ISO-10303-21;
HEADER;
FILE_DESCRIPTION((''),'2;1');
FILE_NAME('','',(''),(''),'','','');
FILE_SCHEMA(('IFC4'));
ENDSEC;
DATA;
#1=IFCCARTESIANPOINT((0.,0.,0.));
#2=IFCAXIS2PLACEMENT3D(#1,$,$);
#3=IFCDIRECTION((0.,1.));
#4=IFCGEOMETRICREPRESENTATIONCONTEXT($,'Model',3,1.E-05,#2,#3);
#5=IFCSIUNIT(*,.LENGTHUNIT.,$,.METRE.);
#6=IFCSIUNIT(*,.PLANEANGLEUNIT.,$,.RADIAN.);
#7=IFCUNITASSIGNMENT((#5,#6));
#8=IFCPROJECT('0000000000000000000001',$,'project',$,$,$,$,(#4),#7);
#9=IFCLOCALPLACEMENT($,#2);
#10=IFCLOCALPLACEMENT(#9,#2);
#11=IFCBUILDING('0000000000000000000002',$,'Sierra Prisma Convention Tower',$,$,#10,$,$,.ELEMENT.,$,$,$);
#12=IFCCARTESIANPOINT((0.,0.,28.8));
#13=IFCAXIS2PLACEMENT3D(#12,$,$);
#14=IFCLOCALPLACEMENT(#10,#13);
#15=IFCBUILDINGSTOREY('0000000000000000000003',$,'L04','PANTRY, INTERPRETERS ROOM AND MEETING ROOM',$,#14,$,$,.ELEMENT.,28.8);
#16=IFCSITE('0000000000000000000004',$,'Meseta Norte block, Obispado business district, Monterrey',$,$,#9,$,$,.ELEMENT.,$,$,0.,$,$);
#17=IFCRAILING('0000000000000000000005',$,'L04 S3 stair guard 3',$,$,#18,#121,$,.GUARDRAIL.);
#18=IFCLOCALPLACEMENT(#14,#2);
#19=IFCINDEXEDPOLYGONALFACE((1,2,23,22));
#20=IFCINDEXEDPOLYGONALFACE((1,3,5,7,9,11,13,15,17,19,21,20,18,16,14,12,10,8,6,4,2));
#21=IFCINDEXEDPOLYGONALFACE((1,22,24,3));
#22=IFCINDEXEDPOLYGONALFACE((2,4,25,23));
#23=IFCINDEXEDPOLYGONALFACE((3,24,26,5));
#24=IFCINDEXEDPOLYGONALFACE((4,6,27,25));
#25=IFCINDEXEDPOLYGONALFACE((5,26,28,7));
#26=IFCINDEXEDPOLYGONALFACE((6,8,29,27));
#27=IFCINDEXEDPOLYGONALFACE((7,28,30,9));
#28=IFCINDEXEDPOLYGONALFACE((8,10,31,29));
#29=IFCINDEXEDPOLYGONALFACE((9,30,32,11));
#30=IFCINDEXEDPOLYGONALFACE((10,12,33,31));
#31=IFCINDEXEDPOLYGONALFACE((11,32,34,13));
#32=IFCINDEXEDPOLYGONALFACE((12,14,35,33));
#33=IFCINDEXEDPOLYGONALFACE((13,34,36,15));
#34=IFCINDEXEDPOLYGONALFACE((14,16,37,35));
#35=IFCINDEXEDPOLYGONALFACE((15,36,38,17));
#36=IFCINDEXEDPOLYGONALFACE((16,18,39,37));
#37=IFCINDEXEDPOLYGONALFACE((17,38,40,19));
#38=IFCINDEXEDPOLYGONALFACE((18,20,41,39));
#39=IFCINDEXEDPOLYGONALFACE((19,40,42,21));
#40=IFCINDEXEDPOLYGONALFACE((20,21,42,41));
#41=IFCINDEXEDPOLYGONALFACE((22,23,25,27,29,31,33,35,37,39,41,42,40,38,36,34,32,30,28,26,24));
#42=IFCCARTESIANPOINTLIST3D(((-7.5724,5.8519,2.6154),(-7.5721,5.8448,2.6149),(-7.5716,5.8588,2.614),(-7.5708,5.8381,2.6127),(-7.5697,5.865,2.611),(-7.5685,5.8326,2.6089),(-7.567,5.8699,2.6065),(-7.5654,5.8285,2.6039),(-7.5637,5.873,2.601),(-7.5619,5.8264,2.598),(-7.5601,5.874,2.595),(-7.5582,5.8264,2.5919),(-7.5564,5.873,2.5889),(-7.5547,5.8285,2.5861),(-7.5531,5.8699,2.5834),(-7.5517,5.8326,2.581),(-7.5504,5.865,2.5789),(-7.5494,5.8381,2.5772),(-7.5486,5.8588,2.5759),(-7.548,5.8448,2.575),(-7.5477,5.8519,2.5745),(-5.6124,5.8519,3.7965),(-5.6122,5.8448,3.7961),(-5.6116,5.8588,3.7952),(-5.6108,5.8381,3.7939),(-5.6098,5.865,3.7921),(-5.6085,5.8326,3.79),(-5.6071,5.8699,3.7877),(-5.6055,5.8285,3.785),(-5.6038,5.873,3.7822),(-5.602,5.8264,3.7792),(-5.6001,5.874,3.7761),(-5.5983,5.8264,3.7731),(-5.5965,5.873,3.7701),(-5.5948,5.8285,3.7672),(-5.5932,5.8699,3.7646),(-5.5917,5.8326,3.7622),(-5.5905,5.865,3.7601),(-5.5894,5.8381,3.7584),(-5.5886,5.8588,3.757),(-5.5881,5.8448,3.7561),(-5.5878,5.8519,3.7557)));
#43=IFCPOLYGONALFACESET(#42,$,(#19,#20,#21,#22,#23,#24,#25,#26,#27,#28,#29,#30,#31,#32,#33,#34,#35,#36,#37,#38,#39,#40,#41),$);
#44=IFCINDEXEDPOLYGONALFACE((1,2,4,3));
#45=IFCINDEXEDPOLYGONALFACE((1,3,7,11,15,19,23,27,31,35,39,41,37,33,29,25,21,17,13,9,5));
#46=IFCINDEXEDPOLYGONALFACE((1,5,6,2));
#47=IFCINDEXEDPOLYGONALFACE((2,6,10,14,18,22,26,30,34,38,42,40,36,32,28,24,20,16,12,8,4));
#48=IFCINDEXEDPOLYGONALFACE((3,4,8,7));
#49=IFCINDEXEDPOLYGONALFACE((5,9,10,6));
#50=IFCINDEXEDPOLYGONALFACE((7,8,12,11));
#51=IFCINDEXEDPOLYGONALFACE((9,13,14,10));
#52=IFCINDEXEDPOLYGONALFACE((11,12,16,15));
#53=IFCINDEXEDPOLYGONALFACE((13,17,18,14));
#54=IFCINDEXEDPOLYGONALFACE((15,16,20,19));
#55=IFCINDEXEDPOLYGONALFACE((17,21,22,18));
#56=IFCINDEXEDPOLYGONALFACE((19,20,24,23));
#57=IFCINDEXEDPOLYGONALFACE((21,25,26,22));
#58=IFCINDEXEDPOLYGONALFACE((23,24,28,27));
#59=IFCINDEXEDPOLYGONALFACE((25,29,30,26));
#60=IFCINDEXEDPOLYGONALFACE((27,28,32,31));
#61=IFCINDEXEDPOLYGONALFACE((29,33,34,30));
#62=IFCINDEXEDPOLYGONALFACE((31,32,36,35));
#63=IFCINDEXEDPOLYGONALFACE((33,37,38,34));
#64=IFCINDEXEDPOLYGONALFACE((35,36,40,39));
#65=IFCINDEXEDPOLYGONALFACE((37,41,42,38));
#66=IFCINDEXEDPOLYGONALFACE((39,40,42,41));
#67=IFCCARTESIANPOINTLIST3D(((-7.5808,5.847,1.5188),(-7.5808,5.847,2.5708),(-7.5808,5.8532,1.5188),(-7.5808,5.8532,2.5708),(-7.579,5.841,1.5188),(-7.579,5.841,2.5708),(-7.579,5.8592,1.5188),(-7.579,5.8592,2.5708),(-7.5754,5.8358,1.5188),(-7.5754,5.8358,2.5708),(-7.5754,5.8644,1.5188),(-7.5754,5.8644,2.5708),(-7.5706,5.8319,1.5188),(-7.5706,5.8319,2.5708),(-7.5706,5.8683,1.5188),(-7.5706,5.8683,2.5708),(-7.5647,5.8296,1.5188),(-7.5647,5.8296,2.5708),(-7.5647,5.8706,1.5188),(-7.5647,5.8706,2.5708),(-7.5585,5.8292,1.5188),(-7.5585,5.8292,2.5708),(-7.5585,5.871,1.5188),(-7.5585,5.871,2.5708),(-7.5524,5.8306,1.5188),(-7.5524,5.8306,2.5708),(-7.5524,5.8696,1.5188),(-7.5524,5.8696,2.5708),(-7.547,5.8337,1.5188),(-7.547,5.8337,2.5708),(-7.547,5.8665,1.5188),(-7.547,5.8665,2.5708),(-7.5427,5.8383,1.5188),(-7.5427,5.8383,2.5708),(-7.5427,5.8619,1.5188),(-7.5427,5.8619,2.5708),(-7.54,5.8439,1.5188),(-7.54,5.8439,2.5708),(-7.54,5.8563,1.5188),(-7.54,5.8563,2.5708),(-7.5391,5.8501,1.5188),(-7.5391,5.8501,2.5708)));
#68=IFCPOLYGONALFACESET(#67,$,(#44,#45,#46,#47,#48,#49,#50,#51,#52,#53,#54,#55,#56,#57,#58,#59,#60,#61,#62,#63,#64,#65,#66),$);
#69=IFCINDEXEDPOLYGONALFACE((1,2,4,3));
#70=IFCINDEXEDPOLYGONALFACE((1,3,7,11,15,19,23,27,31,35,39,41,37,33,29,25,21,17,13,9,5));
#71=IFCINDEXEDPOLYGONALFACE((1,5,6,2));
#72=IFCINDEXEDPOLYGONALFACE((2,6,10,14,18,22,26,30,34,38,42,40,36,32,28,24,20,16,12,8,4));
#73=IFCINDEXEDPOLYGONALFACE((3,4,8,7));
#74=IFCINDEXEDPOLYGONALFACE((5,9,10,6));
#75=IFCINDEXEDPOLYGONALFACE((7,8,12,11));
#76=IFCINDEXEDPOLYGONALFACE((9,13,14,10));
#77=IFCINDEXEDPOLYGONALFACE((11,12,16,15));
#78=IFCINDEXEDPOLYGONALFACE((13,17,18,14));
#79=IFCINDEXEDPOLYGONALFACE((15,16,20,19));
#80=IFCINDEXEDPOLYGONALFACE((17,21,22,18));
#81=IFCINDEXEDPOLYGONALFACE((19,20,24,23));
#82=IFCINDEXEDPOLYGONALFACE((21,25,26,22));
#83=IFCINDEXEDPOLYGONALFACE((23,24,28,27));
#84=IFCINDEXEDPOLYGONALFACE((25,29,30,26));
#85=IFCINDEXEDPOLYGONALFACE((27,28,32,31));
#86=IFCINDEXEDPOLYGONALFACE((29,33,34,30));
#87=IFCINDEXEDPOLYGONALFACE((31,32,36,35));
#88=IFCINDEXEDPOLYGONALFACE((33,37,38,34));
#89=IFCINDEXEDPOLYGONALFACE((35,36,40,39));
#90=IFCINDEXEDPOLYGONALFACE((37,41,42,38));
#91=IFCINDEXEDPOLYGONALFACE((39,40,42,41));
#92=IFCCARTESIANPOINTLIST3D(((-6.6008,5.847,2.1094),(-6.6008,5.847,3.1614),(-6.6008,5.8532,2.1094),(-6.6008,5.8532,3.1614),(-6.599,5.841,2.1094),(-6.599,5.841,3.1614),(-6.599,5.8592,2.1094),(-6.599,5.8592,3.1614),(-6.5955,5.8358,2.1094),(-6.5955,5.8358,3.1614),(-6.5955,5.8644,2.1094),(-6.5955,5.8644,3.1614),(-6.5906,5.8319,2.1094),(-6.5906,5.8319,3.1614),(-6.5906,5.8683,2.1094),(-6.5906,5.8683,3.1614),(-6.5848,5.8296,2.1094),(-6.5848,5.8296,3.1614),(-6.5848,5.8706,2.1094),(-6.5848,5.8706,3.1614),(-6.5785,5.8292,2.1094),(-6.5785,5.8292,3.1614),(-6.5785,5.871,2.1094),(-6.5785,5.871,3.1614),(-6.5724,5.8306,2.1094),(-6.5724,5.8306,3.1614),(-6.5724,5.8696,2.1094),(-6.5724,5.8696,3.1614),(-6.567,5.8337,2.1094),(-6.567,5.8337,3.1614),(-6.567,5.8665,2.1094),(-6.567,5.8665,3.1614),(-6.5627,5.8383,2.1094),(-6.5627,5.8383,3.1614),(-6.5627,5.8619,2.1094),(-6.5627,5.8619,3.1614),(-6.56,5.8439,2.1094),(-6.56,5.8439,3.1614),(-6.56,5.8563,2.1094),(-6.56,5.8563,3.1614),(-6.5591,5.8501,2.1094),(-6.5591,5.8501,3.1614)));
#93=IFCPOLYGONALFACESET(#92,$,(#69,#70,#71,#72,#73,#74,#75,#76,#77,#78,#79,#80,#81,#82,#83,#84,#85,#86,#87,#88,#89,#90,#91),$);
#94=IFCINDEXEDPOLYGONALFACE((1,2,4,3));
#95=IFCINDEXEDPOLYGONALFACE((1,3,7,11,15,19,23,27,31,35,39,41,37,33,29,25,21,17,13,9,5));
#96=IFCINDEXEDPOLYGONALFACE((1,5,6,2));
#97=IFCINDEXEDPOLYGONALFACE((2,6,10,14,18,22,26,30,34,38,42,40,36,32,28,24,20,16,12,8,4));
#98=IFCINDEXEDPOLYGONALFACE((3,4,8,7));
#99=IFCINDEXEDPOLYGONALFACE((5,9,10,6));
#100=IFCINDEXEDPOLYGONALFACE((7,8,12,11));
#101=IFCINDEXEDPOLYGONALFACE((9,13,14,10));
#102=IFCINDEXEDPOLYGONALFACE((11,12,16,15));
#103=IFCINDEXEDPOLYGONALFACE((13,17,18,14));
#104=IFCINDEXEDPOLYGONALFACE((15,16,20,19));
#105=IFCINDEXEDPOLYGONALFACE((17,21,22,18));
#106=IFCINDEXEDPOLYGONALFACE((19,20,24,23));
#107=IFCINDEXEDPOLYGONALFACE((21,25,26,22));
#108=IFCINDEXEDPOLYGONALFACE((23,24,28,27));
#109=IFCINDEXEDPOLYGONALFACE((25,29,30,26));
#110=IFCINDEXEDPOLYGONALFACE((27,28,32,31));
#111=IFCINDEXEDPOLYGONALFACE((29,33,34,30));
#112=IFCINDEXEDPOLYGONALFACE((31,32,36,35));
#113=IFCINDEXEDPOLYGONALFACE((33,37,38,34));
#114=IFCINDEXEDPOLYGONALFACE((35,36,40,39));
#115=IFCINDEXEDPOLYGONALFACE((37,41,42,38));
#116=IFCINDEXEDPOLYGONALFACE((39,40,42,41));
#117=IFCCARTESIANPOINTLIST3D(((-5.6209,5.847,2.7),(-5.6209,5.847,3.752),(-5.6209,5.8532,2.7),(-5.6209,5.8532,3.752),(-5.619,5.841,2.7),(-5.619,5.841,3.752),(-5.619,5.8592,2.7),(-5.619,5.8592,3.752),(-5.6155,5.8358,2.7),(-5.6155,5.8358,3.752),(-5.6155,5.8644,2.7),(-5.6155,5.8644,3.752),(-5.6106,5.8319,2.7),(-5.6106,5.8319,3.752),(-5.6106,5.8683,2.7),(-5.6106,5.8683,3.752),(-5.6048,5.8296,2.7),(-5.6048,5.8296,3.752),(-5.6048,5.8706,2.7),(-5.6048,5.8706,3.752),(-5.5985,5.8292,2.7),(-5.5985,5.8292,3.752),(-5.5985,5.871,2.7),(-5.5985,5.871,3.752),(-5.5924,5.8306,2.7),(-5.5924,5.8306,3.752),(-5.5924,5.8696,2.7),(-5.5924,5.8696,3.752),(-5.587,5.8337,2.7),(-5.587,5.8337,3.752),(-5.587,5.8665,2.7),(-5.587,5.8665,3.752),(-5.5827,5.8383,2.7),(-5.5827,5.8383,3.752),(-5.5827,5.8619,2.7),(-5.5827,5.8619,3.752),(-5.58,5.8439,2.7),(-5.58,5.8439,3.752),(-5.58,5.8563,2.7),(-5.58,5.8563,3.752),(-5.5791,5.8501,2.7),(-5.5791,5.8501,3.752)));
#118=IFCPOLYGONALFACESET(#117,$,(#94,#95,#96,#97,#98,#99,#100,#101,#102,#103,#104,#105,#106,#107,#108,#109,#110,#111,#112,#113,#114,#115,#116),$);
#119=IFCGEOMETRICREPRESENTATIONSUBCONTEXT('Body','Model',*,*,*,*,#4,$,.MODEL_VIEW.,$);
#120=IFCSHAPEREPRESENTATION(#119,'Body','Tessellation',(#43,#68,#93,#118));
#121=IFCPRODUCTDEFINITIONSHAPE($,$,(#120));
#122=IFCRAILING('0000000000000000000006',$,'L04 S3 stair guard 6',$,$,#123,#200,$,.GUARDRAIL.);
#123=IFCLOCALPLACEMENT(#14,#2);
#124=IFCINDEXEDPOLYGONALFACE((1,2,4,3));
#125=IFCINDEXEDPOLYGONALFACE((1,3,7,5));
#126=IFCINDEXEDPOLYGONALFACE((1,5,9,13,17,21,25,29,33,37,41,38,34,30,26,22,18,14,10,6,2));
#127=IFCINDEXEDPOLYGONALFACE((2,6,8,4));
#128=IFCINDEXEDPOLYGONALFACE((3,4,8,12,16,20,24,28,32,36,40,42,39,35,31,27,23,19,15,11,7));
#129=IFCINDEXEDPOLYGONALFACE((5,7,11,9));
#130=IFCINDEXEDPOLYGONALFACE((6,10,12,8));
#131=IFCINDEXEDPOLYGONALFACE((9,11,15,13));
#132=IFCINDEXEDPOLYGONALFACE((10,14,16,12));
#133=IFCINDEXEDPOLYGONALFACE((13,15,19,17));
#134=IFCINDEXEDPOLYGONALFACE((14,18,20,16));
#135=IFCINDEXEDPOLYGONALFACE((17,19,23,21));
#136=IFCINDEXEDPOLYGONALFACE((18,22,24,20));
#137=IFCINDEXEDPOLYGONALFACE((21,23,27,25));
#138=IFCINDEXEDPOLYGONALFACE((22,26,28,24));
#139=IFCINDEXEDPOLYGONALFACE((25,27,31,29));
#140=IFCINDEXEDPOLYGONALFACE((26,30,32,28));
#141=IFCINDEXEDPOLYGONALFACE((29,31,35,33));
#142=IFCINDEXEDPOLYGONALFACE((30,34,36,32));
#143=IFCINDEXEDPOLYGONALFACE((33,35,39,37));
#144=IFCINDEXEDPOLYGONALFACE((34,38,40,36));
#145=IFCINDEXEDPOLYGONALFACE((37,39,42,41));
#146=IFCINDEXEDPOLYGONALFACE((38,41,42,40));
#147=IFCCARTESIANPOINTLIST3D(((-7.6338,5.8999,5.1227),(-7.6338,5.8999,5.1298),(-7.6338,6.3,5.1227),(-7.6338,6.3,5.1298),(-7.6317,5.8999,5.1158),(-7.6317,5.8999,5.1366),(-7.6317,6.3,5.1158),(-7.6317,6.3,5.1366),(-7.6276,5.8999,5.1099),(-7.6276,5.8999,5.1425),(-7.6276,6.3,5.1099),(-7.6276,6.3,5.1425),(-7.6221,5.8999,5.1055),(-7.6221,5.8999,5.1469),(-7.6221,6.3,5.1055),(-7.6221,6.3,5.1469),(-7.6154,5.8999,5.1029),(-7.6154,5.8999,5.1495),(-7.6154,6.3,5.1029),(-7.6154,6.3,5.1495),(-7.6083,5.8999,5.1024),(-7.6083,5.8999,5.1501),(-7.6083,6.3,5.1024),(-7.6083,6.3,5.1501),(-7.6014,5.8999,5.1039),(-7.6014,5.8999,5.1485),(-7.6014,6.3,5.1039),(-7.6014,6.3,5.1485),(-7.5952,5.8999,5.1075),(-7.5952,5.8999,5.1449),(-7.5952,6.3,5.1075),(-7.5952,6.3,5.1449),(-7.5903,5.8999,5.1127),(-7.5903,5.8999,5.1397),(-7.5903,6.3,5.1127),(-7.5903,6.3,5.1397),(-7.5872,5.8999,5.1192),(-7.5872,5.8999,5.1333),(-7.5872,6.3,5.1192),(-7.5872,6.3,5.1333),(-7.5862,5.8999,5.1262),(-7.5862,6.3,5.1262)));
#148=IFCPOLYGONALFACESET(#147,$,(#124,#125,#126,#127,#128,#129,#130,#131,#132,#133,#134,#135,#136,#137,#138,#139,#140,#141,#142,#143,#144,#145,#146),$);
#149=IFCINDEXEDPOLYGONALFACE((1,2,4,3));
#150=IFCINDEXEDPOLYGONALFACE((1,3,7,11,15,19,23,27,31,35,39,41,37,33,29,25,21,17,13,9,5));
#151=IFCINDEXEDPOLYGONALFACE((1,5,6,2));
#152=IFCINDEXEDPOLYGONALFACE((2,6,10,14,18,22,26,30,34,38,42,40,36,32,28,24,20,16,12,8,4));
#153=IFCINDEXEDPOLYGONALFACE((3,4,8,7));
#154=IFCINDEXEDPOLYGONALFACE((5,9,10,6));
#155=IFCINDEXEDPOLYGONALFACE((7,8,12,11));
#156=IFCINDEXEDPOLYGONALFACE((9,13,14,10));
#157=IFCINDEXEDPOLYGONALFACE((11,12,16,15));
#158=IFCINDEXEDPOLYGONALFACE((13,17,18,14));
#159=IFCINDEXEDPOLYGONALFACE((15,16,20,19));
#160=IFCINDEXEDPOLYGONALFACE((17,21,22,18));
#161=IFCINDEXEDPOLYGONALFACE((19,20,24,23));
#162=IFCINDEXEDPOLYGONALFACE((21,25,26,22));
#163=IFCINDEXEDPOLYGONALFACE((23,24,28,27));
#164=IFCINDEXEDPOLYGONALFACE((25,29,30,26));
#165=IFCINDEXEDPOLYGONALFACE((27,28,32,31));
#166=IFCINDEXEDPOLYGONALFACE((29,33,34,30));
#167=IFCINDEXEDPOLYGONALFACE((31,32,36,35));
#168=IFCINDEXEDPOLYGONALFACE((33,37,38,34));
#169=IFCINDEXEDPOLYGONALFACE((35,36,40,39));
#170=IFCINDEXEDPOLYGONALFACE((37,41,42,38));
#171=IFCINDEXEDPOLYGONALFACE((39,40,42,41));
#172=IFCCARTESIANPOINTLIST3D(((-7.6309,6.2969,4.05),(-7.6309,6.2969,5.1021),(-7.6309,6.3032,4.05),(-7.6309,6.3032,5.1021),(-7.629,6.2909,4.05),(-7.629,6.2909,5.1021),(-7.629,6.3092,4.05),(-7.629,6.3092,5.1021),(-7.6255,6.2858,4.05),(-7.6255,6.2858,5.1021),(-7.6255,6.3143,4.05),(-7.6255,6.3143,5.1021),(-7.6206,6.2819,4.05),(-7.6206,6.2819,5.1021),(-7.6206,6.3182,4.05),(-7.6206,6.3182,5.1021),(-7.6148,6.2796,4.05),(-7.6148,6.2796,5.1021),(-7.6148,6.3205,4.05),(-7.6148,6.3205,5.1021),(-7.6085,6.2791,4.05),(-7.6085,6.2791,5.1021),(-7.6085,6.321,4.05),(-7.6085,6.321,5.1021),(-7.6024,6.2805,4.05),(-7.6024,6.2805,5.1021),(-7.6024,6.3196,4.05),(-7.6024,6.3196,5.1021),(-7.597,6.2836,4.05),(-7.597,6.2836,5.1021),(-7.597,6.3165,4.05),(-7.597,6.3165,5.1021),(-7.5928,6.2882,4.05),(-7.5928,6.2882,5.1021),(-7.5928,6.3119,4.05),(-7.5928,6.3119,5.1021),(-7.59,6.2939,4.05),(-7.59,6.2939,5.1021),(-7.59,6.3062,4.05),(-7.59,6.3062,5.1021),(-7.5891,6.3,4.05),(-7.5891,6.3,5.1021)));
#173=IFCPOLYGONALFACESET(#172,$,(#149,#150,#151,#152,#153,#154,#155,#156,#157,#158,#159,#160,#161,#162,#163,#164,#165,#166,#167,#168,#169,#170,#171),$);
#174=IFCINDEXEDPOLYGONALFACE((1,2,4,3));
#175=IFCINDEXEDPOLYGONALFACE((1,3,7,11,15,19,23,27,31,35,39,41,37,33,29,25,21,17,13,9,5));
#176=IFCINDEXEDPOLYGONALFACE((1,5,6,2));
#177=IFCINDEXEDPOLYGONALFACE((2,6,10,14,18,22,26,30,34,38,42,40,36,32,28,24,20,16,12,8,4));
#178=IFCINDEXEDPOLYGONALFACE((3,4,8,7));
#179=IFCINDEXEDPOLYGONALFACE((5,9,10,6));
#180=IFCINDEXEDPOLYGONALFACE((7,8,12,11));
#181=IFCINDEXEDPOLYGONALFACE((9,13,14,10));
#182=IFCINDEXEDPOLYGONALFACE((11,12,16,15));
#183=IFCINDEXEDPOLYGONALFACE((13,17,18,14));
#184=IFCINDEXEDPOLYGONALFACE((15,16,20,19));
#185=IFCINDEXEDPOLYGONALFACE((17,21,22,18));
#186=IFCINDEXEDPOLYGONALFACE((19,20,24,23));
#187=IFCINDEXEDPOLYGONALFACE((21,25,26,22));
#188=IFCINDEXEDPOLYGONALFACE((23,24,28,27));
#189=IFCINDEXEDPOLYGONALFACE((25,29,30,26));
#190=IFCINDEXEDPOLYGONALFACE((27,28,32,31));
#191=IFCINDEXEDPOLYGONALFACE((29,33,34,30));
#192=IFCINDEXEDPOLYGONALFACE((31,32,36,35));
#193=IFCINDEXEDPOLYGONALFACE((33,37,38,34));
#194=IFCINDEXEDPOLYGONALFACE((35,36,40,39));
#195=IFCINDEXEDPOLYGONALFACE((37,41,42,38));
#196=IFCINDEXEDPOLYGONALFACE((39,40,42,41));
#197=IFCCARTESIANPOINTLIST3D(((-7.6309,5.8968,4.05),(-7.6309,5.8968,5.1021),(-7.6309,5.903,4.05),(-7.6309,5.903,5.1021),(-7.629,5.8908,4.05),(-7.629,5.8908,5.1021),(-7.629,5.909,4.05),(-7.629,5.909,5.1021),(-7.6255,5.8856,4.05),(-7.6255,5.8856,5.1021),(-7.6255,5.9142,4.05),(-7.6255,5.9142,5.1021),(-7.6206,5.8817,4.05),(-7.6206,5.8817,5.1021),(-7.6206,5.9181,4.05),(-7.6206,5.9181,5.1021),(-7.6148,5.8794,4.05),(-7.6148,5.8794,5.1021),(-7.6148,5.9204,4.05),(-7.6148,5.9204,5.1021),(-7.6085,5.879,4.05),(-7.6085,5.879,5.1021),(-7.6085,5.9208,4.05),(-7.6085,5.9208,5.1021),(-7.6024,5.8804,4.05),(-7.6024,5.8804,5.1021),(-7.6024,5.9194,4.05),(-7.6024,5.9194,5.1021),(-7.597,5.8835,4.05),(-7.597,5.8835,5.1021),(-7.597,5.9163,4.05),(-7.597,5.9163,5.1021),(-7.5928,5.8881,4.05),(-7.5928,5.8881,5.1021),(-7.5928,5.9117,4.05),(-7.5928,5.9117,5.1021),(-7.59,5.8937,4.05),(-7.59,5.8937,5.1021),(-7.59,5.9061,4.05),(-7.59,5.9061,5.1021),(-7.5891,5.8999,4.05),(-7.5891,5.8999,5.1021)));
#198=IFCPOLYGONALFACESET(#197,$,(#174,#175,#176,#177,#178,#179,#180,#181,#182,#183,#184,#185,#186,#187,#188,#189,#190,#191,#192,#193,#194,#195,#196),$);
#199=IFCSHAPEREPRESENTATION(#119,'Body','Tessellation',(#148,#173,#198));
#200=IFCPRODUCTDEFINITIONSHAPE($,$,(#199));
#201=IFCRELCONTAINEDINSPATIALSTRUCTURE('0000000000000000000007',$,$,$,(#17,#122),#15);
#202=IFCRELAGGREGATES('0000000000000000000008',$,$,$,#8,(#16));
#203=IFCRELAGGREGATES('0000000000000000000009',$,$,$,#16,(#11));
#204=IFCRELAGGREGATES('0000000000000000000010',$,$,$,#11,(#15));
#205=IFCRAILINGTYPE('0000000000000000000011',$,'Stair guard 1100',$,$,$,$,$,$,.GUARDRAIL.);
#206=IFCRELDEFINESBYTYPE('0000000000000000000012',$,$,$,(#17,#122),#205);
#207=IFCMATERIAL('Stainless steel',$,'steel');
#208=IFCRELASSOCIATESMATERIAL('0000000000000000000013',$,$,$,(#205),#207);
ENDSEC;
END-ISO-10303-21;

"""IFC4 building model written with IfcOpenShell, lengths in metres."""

from ifc_helpers import new_model, si_unit, direction, frame, origin, origin_2d, place, context, subcontext, project, spatial, circle, extrude, material, type_object, element, save


model = new_model("IFC4")

# Units and contexts
model_context = context("Model", 3, precision=1e-05, world=origin(), true_north=direction((0.0, 1.0)))
body_context = subcontext(model_context, "Body", "Model", "MODEL_VIEW")
ifc_project = project(units=[si_unit("LENGTHUNIT", "METRE"), si_unit("PLANEANGLEUNIT", "RADIAN")], contexts=[model_context])

# Site, building, storey
site_placement = place(None, origin())
site = spatial("IfcSite", under=ifc_project, at=site_placement, Name="Meseta Norte block, Obispado business district, Monterrey", CompositionType="ELEMENT", RefElevation=0.0)
building_placement = place(site_placement, origin())
building = spatial("IfcBuilding", under=site, at=building_placement, Name="Sierra Prisma Convention Tower", CompositionType="ELEMENT")
storey_placement = place(building_placement, frame((0.0, 0.0, 28.8)))
storey = spatial("IfcBuildingStorey", under=building, at=storey_placement, Name="L04", Description="PANTRY, INTERPRETERS ROOM AND MEETING ROOM", CompositionType="ELEMENT", Elevation=28.8)

# Railings
ifc_material_1 = material(Name="Stainless steel", Category="steel")
railing_type_1 = type_object("IfcRailingType", Name="Stair guard 1100", PredefinedType="GUARDRAIL", material=ifc_material_1)
railing_1_placement = place(storey_placement, frame((-7.5601, 5.8501, 1.5188)))
element("IfcRailing", 1, at=railing_1_placement, inside=storey, type_object=railing_type_1, Name="L04 S3 stair guard 3", PredefinedType="GUARDRAIL", context=body_context, shape_type="SweptSolid", body=[
    extrude(circle(Radius=0.0239, at=origin_2d()), frame((0.0, 0.0, 1.0762), z_axis=(0.856493, 0.0, 0.516158), x_axis=(0.0, 1.0, 0.0)), (0.0, 0.0, 1.0), 2.2883),
    extrude(circle(Radius=0.021, at=origin_2d()), origin(), (0.0, 0.0, 1.0), 1.052),
    extrude(circle(Radius=0.021, at=origin_2d()), frame((0.98, 0.0, 0.5906)), (0.0, 0.0, 1.0), 1.052),
    extrude(circle(Radius=0.021, at=origin_2d()), frame((1.96, 0.0, 1.1812)), (0.0, 0.0, 1.0), 1.052),
])
railing_2_placement = place(storey_placement, frame((-7.6101, 6.3, 4.05)))
element("IfcRailing", 2, at=railing_2_placement, inside=storey, type_object=railing_type_1, Name="L04 S3 stair guard 6", PredefinedType="GUARDRAIL", context=body_context, shape_type="SweptSolid", body=[
    extrude(circle(Radius=0.0239, at=origin_2d()), frame((0.0, 0.0, 1.0762), z_axis=(0.0, -1.0, 0.0), x_axis=(1.0, 0.0, 0.0)), (0.0, 0.0, 1.0), 0.4001),
    extrude(circle(Radius=0.021, at=origin_2d()), origin(), (0.0, 0.0, 1.0), 1.052),
    extrude(circle(Radius=0.021, at=origin_2d()), frame((0.0, -0.4001, 0.0)), (0.0, 0.0, 1.0), 1.052),
])

save(model, "model.ifc")
